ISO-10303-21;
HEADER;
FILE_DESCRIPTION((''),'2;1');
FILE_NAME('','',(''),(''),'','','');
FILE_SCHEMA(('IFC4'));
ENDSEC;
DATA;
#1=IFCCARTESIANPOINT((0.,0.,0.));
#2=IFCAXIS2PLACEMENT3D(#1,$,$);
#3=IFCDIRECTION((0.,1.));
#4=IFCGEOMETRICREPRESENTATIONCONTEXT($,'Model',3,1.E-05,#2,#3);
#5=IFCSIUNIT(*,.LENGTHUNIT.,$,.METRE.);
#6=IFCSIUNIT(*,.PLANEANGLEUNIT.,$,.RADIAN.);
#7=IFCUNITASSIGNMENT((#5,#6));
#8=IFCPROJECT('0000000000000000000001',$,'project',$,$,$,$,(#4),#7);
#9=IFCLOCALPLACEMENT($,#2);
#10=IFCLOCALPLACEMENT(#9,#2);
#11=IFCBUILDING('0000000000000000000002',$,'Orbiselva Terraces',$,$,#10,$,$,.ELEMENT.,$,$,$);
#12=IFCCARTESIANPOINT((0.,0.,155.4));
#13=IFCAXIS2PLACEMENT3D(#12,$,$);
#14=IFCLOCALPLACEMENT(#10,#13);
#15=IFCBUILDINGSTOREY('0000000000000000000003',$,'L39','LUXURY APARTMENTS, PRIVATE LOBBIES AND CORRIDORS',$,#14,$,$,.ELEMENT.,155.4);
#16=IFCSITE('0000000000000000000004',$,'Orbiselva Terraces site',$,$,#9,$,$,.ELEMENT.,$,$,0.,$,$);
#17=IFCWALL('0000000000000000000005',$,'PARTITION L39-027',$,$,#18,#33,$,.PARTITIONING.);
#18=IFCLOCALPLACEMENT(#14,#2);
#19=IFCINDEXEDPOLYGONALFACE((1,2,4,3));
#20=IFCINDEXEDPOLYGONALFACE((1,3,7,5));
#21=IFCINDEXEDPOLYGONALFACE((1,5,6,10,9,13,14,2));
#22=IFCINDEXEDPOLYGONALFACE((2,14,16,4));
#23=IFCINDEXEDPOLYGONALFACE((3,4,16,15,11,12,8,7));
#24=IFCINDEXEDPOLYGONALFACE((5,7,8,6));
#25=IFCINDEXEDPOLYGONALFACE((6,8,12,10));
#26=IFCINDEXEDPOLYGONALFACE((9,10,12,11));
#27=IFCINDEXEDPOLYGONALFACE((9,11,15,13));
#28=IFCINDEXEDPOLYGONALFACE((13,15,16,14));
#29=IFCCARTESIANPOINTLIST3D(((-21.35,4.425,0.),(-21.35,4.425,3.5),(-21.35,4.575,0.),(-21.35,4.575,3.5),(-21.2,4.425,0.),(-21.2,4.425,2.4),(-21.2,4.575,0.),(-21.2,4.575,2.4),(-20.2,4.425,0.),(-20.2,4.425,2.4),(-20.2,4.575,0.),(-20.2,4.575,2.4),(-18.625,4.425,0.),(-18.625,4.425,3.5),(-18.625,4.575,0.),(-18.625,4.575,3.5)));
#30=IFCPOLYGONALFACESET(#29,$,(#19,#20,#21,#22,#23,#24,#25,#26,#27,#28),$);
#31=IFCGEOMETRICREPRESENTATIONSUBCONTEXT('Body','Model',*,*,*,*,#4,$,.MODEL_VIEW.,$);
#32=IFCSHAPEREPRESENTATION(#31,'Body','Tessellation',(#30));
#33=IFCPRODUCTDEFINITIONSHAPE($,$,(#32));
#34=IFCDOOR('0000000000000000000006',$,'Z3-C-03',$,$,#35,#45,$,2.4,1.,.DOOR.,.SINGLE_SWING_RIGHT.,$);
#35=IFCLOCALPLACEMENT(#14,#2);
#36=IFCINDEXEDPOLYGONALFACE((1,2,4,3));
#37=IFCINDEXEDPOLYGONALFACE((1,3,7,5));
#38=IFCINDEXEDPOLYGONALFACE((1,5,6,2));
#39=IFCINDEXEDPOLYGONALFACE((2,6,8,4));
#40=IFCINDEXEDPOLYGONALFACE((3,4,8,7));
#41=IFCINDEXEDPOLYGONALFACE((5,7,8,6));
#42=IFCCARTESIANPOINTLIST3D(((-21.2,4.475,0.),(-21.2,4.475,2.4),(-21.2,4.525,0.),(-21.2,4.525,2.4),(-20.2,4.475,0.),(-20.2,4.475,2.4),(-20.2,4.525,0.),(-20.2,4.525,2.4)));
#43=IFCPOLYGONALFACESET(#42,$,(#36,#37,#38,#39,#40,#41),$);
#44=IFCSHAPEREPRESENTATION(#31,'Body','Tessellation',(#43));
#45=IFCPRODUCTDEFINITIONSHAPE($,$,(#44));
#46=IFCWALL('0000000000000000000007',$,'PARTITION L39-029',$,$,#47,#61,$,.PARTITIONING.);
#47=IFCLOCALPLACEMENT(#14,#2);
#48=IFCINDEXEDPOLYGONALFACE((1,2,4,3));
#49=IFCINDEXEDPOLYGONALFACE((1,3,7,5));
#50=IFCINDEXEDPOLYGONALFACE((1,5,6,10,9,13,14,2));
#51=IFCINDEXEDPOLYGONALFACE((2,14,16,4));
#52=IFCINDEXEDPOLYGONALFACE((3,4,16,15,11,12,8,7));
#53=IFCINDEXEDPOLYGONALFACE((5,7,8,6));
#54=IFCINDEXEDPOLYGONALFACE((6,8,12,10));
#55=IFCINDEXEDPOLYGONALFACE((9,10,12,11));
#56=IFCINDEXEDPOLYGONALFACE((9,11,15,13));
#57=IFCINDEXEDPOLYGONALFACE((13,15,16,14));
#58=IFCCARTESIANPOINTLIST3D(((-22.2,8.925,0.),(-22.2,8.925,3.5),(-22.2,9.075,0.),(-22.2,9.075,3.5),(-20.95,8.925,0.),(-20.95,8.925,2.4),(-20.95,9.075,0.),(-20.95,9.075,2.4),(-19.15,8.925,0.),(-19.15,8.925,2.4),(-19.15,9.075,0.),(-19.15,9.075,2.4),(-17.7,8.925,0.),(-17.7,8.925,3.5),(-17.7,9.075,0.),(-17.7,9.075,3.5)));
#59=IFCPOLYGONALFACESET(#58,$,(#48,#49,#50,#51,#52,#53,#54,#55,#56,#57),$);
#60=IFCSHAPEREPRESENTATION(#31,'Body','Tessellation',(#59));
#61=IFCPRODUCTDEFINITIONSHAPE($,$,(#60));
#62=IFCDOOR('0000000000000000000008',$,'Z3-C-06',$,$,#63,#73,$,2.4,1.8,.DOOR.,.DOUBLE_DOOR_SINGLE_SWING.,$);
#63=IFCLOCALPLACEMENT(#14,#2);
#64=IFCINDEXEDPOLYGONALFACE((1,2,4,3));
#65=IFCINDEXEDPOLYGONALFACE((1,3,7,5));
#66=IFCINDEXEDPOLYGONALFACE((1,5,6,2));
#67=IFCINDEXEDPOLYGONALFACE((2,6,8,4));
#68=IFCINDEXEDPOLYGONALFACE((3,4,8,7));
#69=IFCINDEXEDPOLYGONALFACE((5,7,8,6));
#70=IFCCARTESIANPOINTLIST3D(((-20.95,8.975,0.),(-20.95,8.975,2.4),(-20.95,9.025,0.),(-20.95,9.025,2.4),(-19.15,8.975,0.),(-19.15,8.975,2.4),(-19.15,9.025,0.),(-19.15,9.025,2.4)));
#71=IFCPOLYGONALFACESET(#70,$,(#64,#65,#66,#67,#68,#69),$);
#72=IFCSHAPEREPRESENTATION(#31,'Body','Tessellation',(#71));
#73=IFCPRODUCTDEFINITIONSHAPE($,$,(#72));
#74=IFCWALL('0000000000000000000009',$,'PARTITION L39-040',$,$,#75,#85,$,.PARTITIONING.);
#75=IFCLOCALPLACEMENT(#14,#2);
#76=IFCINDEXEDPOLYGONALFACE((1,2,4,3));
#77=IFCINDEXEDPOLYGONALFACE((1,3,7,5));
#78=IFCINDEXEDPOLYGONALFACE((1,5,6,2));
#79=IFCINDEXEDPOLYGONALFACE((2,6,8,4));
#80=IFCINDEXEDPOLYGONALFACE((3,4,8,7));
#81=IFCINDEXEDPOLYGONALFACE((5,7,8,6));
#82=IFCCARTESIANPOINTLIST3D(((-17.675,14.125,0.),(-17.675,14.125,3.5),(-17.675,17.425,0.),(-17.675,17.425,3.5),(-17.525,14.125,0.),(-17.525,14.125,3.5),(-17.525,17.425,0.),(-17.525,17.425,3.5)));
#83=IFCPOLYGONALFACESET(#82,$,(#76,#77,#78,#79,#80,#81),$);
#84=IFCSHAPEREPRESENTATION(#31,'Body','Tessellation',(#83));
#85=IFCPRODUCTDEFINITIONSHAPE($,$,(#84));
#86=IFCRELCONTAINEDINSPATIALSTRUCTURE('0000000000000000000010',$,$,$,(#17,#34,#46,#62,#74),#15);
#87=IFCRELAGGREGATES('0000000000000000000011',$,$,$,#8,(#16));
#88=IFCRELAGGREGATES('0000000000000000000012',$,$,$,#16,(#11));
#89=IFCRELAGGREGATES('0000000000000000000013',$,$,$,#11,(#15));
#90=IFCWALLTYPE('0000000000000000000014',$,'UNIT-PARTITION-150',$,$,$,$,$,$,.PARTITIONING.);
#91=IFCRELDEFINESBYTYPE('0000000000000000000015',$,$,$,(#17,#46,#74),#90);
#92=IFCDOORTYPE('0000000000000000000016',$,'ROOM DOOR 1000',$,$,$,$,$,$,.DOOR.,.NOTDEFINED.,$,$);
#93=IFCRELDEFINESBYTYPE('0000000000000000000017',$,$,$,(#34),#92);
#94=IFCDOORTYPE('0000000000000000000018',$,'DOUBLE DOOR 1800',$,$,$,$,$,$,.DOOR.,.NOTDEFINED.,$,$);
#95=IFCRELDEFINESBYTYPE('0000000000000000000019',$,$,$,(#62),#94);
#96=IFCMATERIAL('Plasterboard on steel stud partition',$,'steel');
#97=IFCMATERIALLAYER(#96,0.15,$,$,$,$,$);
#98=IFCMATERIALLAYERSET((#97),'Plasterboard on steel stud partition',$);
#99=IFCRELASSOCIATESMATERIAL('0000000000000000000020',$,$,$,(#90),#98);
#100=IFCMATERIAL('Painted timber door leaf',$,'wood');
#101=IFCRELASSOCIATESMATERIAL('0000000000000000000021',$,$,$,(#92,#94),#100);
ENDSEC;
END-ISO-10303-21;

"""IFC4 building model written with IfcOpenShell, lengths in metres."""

from ifc_helpers import new_model, si_unit, direction, frame, frame_2d, origin, place, context, subcontext, project, spatial, rectangle, extrude, material, layer, layer_set, type_object, element, fill, save


model = new_model("IFC4")

# Units and contexts
model_context = context("Model", 3, precision=1e-05, world=origin(), true_north=direction((0.0, 1.0)))
body_context = subcontext(model_context, "Body", "Model", "MODEL_VIEW")
ifc_project = project(units=[si_unit("LENGTHUNIT", "METRE"), si_unit("PLANEANGLEUNIT", "RADIAN")], contexts=[model_context])

# Site, building, storey
site_placement = place(None, origin())
site = spatial("IfcSite", under=ifc_project, at=site_placement, Name="Orbiselva Terraces site", CompositionType="ELEMENT", RefElevation=0.0)
building_placement = place(site_placement, origin())
building = spatial("IfcBuilding", under=site, at=building_placement, Name="Orbiselva Terraces", CompositionType="ELEMENT")
storey_placement = place(building_placement, frame((0.0, 0.0, 155.4)))
storey = spatial("IfcBuildingStorey", under=building, at=storey_placement, Name="L39", Description="LUXURY APARTMENTS, PRIVATE LOBBIES AND CORRIDORS", CompositionType="ELEMENT", Elevation=155.4)

# Walls, openings, doors
ifc_material_1 = material(Name="Plasterboard on steel stud partition", Category="steel")
ifc_material_2 = material(Name="Painted timber door leaf", Category="wood")
ifc_layer_1 = layer(ifc_material_1, 0.15)
ifc_layer_set_1 = layer_set([ifc_layer_1], Name="Plasterboard on steel stud partition")
wall_type_1 = type_object("IfcWallType", Name="UNIT-PARTITION-150", PredefinedType="PARTITIONING", material=ifc_layer_set_1)
wall_1_placement = place(storey_placement, frame((-18.625, 4.5, 0.0), z_axis=(0.0, 0.0, 1.0), x_axis=(-1.0, 0.0, 0.0)))
wall_1 = element("IfcWall", 1, at=wall_1_placement, inside=storey, type_object=wall_type_1, Name="PARTITION L39-027", PredefinedType="PARTITIONING", context=body_context, shape_type="SweptSolid", body=[
    extrude(rectangle(XDim=2.725, YDim=0.15, at=frame_2d((1.3625, 0.0))), origin(), (0.0, 0.0, 1.0), 3.5),
])
opening_1_placement = place(wall_1_placement, frame((1.575, 0.0, 0.0)))
opening_1 = element("IfcOpeningElement", 2, at=opening_1_placement, cuts=wall_1, PredefinedType="OPENING", context=body_context, shape_type="SweptSolid", body=[
    extrude(rectangle(XDim=1.0, YDim=2.4, at=frame_2d((0.5, 1.2))), frame((0.0, 0.085, 0.0), z_axis=(0.0, -1.0, 0.0), x_axis=(1.0, 0.0, 0.0)), (0.0, 0.0, 1.0), 0.17),
])
door_type_1 = type_object("IfcDoorType", Name="ROOM DOOR 1000", OperationType="NOTDEFINED", PredefinedType="DOOR", material=ifc_material_2)
door_1_placement = place(opening_1_placement, origin())
door_1 = element("IfcDoor", 3, at=door_1_placement, inside=storey, type_object=door_type_1, Name="Z3-C-03", OperationType="SINGLE_SWING_RIGHT", OverallHeight=2.4, OverallWidth=1.0, PredefinedType="DOOR", context=body_context, shape_type="SweptSolid", body=[
    extrude(rectangle(XDim=1.0, YDim=2.4, at=frame_2d((0.5, 1.2))), frame((0.0, 0.025, 0.0), z_axis=(0.0, -1.0, 0.0), x_axis=(1.0, 0.0, 0.0)), (0.0, 0.0, 1.0), 0.05),
])
fill(opening_1, door_1)
wall_2_placement = place(storey_placement, frame((-22.2, 9.0, 0.0), z_axis=(0.0, 0.0, 1.0), x_axis=(1.0, 0.0, 0.0)))
wall_2 = element("IfcWall", 4, at=wall_2_placement, inside=storey, type_object=wall_type_1, Name="PARTITION L39-029", PredefinedType="PARTITIONING", context=body_context, shape_type="SweptSolid", body=[
    extrude(rectangle(XDim=4.5, YDim=0.15, at=frame_2d((2.25, 0.0))), origin(), (0.0, 0.0, 1.0), 3.5),
])
opening_2_placement = place(wall_2_placement, frame((1.25, 0.0, 0.0)))
opening_2 = element("IfcOpeningElement", 5, at=opening_2_placement, cuts=wall_2, PredefinedType="OPENING", context=body_context, shape_type="SweptSolid", body=[
    extrude(rectangle(XDim=1.8, YDim=2.4, at=frame_2d((0.9, 1.2))), frame((0.0, 0.085, 0.0), z_axis=(0.0, -1.0, 0.0), x_axis=(1.0, 0.0, 0.0)), (0.0, 0.0, 1.0), 0.17),
])
door_type_2 = type_object("IfcDoorType", Name="DOUBLE DOOR 1800", OperationType="NOTDEFINED", PredefinedType="DOOR", material=ifc_material_2)
door_2_placement = place(opening_2_placement, origin())
door_2 = element("IfcDoor", 6, at=door_2_placement, inside=storey, type_object=door_type_2, Name="Z3-C-06", OperationType="DOUBLE_DOOR_SINGLE_SWING", OverallHeight=2.4, OverallWidth=1.8, PredefinedType="DOOR", context=body_context, shape_type="SweptSolid", body=[
    extrude(rectangle(XDim=1.8, YDim=2.4, at=frame_2d((0.9, 1.2))), frame((0.0, 0.025, 0.0), z_axis=(0.0, -1.0, 0.0), x_axis=(1.0, 0.0, 0.0)), (0.0, 0.0, 1.0), 0.05),
])
fill(opening_2, door_2)

# Wall
wall_3_placement = place(storey_placement, frame((-17.6, 14.125, 0.0), z_axis=(0.0, 0.0, 1.0), x_axis=(0.0, 1.0, 0.0)))
element("IfcWall", 7, at=wall_3_placement, inside=storey, type_object=wall_type_1, Name="PARTITION L39-040", PredefinedType="PARTITIONING", context=body_context, shape_type="SweptSolid", body=[
    extrude(rectangle(XDim=3.3, YDim=0.15, at=frame_2d((1.65, 0.0))), origin(), (0.0, 0.0, 1.0), 3.5),
])

save(model, "model.ifc")
